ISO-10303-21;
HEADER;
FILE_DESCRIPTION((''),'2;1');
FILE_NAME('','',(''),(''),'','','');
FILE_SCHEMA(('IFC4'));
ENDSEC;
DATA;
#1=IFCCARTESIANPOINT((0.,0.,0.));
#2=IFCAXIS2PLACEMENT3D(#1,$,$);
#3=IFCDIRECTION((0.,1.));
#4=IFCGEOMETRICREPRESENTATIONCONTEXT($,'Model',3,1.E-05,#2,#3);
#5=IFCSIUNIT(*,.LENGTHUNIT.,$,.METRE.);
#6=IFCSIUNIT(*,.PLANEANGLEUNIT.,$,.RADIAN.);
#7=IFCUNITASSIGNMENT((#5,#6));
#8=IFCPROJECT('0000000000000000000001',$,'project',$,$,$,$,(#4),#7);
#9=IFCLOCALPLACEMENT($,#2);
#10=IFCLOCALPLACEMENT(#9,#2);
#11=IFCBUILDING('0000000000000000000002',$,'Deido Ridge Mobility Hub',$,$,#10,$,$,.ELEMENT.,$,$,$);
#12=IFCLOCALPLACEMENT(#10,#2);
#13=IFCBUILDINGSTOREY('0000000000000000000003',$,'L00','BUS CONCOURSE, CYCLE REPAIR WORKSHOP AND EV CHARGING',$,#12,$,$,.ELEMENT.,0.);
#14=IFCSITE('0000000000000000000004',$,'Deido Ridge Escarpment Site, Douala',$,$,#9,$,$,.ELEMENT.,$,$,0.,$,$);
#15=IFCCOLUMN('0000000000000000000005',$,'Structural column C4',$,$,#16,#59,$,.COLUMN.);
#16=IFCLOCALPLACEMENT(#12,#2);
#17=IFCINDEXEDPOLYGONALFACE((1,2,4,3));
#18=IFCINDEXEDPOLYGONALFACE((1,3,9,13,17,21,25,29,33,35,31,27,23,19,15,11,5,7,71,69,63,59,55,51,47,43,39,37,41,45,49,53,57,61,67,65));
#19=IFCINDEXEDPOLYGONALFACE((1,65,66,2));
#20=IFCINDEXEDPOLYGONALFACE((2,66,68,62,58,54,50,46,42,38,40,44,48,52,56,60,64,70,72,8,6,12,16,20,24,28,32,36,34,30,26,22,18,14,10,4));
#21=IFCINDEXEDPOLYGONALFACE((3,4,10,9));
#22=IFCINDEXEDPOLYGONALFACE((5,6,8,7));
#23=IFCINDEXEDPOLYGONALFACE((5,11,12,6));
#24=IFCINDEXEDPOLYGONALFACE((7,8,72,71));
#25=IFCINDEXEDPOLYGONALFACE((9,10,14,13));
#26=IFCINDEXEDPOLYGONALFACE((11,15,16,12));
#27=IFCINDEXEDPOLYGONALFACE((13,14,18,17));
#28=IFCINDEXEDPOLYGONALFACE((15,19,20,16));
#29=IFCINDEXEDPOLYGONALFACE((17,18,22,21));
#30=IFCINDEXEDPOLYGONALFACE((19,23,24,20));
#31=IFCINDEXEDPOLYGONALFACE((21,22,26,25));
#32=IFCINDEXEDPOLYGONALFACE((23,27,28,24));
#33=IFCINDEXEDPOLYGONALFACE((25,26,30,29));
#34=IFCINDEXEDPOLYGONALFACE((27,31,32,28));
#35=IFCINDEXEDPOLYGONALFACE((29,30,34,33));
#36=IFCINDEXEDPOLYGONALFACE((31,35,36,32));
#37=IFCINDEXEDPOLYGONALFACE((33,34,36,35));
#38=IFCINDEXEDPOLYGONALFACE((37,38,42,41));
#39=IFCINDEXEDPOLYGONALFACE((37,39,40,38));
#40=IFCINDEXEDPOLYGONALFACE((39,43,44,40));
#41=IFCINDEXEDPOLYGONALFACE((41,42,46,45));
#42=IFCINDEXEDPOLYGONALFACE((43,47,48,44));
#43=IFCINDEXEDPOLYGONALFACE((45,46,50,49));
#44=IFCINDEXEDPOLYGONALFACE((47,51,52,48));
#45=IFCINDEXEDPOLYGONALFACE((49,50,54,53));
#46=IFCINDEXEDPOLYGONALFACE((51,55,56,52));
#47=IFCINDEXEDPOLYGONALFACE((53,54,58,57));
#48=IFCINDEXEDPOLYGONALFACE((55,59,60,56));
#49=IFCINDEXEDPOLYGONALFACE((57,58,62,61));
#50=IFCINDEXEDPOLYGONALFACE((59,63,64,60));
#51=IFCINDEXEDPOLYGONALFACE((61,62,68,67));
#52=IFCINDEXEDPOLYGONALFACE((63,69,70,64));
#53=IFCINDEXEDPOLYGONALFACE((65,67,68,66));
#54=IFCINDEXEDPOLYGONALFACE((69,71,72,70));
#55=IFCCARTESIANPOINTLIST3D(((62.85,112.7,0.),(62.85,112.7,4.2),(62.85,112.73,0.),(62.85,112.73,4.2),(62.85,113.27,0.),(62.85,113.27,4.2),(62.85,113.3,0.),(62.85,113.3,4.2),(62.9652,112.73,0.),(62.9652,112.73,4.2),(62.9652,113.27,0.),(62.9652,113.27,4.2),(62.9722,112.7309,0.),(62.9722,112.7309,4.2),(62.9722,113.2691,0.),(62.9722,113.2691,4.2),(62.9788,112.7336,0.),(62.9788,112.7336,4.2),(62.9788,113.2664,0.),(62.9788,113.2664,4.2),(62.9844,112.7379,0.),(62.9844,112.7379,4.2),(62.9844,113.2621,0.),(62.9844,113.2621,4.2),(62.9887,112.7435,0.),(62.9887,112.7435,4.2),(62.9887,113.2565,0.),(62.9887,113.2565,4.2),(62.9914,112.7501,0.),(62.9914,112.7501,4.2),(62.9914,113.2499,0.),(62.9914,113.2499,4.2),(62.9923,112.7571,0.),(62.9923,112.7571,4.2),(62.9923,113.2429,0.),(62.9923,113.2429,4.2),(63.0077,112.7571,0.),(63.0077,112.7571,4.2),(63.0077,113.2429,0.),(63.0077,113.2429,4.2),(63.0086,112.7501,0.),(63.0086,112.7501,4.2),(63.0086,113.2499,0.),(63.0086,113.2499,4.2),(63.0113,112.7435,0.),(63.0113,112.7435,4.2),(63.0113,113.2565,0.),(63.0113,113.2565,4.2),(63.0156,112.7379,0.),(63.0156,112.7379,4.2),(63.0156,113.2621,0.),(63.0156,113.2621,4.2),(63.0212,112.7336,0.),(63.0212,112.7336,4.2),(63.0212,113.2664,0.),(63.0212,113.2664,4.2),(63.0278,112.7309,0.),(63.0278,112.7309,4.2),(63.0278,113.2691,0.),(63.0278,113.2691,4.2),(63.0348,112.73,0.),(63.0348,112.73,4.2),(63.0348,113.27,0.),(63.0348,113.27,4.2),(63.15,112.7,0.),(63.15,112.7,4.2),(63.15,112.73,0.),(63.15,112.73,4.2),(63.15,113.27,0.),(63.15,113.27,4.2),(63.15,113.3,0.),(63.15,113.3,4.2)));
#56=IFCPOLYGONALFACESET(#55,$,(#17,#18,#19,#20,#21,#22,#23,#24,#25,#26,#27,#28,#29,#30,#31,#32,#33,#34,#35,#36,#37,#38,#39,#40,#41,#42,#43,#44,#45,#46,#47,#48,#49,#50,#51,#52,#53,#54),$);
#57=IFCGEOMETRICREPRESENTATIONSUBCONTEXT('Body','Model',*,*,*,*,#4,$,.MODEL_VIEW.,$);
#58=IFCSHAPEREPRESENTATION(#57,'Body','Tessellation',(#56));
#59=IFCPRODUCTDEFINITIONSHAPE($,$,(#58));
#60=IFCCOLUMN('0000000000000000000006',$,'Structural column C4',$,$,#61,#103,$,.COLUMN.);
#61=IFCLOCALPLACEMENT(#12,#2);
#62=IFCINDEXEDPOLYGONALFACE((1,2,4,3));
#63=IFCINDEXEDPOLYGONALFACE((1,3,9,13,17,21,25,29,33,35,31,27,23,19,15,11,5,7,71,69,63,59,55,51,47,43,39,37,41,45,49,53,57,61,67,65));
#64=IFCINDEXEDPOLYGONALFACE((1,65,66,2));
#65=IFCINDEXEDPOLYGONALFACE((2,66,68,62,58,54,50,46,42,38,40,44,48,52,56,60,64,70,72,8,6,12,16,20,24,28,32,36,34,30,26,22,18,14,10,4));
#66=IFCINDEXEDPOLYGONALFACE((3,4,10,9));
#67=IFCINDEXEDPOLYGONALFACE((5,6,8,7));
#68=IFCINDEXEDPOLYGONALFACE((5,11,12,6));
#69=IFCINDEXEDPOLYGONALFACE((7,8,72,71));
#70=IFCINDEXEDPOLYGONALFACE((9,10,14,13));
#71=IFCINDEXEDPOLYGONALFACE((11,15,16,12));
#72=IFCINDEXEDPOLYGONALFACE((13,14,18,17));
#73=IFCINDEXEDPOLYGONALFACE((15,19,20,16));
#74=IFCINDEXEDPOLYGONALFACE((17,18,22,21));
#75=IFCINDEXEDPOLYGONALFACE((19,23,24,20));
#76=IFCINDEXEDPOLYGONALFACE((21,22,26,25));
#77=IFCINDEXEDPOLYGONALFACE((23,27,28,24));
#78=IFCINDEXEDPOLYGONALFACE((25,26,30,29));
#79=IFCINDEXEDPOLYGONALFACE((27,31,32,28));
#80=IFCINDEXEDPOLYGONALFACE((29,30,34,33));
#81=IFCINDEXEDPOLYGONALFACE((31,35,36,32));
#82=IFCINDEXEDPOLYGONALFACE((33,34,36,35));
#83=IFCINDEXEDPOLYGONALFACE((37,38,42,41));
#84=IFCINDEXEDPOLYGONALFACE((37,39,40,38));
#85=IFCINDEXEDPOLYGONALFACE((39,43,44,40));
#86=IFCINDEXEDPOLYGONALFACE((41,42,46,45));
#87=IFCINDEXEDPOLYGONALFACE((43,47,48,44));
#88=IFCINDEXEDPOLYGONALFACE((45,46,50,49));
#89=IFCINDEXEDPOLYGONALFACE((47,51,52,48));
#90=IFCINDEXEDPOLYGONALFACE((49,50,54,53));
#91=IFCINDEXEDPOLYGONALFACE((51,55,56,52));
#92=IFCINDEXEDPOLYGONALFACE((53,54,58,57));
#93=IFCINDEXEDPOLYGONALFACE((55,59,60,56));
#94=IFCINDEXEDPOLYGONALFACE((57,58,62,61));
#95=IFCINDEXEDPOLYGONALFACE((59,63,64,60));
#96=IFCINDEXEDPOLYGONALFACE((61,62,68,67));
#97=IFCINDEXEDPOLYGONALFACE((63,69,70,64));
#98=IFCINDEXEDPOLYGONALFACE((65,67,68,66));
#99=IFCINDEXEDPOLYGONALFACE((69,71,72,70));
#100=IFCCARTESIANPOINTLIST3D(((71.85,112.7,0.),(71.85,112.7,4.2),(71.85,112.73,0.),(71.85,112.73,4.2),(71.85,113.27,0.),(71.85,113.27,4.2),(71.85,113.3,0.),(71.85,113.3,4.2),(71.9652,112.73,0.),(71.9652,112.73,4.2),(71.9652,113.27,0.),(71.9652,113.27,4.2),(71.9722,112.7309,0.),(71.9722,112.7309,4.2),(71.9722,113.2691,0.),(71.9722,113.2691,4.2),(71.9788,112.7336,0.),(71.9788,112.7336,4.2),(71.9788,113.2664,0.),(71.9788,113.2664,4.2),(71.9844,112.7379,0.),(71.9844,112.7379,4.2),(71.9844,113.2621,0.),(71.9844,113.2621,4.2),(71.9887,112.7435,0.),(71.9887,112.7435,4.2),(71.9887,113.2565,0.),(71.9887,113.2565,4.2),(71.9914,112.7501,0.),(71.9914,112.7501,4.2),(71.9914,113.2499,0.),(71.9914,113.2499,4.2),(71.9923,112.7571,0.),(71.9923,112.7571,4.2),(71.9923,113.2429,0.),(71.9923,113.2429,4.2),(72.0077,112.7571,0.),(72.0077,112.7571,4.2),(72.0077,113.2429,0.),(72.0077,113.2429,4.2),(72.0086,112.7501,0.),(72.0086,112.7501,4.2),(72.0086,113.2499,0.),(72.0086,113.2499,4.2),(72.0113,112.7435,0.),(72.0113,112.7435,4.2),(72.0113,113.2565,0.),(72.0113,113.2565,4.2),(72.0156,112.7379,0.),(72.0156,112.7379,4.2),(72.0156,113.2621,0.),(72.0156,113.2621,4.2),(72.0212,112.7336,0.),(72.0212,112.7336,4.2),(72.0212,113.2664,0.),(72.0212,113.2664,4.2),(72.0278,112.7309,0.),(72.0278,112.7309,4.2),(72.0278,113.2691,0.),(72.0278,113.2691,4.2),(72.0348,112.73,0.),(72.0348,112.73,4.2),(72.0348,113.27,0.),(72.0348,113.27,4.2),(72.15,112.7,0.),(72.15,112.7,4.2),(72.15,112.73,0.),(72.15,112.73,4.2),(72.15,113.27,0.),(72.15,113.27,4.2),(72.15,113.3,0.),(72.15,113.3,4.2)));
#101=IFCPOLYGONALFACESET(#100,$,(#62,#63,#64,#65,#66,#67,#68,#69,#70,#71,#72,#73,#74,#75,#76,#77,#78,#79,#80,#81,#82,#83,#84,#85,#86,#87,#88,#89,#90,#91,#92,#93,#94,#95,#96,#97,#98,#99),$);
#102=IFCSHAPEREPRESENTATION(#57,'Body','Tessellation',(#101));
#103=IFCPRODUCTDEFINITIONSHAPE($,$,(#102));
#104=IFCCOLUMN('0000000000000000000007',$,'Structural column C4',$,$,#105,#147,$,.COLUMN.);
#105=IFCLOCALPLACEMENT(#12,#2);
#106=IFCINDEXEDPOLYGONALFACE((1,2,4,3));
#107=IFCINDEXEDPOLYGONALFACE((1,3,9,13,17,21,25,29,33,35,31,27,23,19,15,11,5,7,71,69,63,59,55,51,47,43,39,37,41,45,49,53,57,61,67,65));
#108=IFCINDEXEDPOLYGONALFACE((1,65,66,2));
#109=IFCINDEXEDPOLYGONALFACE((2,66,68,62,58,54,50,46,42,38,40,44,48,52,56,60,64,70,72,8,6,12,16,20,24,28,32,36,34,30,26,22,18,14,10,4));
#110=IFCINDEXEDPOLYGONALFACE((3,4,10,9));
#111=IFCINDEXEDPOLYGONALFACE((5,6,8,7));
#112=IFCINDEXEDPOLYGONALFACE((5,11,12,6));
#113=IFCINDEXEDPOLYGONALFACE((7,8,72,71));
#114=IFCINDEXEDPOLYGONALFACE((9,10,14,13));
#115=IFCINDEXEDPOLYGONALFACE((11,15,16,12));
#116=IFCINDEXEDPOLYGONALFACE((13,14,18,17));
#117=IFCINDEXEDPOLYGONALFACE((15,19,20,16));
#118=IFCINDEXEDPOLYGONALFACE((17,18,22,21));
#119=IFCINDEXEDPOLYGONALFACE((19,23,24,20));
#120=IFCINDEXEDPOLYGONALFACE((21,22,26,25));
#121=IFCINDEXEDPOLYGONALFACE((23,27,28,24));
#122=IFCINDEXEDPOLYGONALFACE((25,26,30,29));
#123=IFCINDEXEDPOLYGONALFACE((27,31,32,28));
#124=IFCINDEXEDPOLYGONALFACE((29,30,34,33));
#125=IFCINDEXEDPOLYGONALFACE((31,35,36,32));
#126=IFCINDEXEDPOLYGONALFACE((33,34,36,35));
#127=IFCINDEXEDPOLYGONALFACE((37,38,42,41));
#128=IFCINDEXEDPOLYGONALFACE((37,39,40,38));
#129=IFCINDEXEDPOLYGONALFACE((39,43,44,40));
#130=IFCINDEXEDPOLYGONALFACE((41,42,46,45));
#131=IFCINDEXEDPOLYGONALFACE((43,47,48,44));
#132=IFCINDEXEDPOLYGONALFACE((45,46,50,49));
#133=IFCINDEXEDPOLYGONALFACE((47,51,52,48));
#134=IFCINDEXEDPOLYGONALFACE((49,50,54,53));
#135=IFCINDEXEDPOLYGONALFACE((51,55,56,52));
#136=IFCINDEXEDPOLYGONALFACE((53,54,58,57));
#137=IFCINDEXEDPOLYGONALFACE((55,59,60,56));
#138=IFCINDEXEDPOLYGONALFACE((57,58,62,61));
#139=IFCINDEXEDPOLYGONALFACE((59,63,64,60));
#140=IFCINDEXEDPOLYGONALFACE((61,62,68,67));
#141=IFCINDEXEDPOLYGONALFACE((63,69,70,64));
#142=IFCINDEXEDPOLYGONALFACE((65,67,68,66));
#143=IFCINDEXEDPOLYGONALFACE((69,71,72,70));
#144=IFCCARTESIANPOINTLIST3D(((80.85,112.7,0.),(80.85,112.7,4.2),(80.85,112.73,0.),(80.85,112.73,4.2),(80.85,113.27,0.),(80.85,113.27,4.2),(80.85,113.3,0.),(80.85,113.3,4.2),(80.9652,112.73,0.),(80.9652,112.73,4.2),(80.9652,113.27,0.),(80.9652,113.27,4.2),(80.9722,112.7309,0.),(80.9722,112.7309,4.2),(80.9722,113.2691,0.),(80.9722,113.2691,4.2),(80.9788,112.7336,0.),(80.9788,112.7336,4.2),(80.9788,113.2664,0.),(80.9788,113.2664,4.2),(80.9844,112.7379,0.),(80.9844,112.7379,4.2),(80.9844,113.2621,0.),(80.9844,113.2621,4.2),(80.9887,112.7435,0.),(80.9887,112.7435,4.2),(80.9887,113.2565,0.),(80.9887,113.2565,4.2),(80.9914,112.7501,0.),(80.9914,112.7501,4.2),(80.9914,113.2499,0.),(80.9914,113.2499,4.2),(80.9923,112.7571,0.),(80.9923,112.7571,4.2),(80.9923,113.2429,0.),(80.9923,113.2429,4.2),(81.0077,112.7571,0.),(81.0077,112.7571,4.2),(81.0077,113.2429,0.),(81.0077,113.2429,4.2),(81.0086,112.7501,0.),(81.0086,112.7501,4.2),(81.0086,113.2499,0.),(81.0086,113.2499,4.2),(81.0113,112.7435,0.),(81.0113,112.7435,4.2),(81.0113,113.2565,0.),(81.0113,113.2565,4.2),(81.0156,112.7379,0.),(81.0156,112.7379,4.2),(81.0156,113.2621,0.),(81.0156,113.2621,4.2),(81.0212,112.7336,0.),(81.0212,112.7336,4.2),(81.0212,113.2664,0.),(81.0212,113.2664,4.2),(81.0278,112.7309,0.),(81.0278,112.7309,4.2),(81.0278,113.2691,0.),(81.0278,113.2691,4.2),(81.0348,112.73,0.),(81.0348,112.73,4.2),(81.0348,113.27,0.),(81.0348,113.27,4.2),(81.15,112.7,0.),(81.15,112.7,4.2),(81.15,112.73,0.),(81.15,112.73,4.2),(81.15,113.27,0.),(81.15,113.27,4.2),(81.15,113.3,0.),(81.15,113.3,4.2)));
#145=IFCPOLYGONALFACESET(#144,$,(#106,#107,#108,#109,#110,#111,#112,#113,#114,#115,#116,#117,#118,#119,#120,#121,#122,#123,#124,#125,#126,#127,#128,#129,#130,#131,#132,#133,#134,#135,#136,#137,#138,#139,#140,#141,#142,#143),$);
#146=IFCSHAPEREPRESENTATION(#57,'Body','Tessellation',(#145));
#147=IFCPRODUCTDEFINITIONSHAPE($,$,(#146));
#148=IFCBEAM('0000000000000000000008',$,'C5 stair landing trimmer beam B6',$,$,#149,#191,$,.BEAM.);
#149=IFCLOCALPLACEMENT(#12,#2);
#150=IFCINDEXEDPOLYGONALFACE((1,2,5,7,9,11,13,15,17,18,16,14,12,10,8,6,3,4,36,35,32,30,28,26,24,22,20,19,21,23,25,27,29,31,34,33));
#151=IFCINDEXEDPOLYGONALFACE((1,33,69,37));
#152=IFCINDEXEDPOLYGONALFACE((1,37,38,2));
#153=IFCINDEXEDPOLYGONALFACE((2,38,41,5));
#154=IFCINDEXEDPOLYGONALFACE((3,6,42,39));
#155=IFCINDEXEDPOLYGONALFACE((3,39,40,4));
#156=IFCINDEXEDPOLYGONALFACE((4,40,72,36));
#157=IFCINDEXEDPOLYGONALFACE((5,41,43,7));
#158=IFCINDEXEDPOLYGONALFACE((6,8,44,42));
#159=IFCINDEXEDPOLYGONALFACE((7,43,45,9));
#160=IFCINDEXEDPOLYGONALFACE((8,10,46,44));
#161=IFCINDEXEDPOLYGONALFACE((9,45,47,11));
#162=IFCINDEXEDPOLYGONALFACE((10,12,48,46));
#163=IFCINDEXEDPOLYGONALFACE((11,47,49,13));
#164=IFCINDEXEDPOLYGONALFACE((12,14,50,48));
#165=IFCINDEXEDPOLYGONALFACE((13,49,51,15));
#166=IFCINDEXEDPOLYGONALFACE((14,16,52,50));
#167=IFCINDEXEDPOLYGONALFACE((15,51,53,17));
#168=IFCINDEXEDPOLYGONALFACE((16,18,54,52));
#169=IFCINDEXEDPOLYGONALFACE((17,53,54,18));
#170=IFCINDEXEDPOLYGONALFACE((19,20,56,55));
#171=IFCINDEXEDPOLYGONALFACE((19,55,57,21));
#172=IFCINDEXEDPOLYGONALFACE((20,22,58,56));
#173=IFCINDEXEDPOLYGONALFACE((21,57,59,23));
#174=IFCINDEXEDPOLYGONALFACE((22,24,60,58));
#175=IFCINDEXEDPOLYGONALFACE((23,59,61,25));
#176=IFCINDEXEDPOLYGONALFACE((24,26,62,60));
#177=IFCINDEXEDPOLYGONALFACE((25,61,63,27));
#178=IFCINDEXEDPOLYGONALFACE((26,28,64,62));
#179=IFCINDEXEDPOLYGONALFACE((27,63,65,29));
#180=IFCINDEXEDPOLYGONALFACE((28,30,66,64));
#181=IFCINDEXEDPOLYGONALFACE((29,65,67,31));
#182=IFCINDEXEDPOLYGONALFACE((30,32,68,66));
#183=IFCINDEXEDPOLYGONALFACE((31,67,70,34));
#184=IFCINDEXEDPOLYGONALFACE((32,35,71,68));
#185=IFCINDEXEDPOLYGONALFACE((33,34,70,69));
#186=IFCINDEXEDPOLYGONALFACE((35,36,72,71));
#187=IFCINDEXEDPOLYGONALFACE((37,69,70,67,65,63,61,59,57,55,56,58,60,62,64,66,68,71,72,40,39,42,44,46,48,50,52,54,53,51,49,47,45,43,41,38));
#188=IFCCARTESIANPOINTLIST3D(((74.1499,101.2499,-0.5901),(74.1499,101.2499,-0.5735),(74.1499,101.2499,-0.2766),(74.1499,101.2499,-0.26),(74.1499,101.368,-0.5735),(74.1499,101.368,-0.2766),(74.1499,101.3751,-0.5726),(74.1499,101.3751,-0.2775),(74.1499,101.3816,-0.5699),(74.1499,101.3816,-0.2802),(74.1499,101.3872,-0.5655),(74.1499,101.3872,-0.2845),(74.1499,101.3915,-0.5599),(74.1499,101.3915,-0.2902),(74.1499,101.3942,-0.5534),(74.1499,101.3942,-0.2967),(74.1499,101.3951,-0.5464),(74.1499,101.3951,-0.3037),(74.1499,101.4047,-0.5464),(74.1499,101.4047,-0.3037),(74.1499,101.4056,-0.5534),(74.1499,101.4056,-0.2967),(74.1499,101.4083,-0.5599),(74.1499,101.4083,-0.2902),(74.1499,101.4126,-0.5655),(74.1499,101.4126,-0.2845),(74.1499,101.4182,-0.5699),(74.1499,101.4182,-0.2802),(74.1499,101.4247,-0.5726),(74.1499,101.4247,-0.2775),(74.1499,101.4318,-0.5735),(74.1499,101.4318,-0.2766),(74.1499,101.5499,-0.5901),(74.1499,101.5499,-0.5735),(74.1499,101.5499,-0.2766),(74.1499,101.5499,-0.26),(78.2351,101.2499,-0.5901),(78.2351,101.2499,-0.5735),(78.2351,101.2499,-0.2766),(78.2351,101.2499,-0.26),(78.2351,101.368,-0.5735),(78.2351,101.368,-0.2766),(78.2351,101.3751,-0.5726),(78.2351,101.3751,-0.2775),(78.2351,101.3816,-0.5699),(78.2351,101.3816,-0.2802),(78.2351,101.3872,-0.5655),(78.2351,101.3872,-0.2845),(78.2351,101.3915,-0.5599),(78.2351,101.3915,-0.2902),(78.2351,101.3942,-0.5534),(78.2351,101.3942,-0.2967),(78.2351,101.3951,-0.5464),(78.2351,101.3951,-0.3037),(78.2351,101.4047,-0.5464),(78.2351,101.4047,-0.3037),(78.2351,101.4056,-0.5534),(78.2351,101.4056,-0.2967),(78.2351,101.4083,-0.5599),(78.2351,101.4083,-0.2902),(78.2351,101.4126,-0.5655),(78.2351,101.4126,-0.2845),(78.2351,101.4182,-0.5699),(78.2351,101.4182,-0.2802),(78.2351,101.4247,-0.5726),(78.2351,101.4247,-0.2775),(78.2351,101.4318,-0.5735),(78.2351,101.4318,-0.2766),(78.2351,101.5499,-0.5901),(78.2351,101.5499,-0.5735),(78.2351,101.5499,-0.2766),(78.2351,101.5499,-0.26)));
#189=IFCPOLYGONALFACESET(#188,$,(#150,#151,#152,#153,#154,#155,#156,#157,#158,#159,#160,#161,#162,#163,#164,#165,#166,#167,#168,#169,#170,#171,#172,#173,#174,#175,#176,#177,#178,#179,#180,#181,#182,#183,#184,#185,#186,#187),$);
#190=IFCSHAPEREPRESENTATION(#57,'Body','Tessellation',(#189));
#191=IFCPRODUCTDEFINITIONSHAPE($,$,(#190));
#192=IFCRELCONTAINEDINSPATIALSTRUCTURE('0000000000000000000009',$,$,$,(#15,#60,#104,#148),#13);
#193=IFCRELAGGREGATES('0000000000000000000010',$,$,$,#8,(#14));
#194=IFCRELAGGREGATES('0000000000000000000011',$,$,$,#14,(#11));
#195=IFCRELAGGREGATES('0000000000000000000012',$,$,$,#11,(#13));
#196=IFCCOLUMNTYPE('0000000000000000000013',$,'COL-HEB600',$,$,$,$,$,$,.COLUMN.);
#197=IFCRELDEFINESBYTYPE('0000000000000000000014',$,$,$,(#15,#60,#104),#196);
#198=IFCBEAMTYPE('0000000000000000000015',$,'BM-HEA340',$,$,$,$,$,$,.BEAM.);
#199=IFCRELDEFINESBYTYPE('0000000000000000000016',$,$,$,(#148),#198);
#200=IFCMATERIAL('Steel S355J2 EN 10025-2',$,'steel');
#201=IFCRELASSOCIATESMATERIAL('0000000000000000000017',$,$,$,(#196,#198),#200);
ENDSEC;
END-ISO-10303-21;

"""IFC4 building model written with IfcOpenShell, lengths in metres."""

from ifc_helpers import new_model, si_unit, direction, frame, origin, origin_2d, place, context, subcontext, project, spatial, i_section, extrude, material, material_profile, profile_set, type_object, element, save


model = new_model("IFC4")

# Units and contexts
model_context = context("Model", 3, precision=1e-05, world=origin(), true_north=direction((0.0, 1.0)))
body_context = subcontext(model_context, "Body", "Model", "MODEL_VIEW")
ifc_project = project(units=[si_unit("LENGTHUNIT", "METRE"), si_unit("PLANEANGLEUNIT", "RADIAN")], contexts=[model_context])

# Site, building, storey
site_placement = place(None, origin())
site = spatial("IfcSite", under=ifc_project, at=site_placement, Name="Deido Ridge Escarpment Site, Douala", CompositionType="ELEMENT", RefElevation=0.0)
building_placement = place(site_placement, origin())
building = spatial("IfcBuilding", under=site, at=building_placement, Name="Deido Ridge Mobility Hub", CompositionType="ELEMENT")
storey_placement = place(building_placement, origin())
storey = spatial("IfcBuildingStorey", under=building, at=storey_placement, Name="L00", Description="BUS CONCOURSE, CYCLE REPAIR WORKSHOP AND EV CHARGING", CompositionType="ELEMENT", Elevation=0.0)

# Columns
ifc_material_1 = material(Name="Steel S355J2 EN 10025-2", Category="steel")
ifc_material_profile_1 = material_profile(ifc_material_1, i_section(OverallWidth=0.3, OverallDepth=0.6001, WebThickness=0.0154, FlangeThickness=0.03, FilletRadius=0.0271, at=origin_2d()), Name="HEB 600")
ifc_profile_set_1 = profile_set([ifc_material_profile_1], Name="Steel S355J2 EN 10025-2")
column_type = type_object("IfcColumnType", Name="COL-HEB600", PredefinedType="COLUMN", material=ifc_profile_set_1)
for number, where, z_axis, x_axis, name in (
    (1, (63.0, 113.0, 0.0), (0.0, 0.0, 1.0), (1.0, 0.0, 0.0), "Structural column C4"),
    (2, (72.0, 113.0, 0.0), (0.0, 0.0, 1.0), (1.0, 0.0, 0.0), "Structural column C4"),
    (3, (81.0, 113.0, 0.0), (0.0, 0.0, 1.0), (1.0, 0.0, 0.0), "Structural column C4"),
):
    element("IfcColumn", number, at=place(storey_placement, frame(where, z_axis=z_axis, x_axis=x_axis)), inside=storey, type_object=column_type, Name=name, PredefinedType="COLUMN", context=body_context, shape_type="SweptSolid", body=[
        extrude(i_section(OverallWidth=0.3, OverallDepth=0.6001, WebThickness=0.0154, FlangeThickness=0.03, FilletRadius=0.0271, at=origin_2d()), origin(), (0.0, 0.0, 1.0), 4.2),
    ])

# Beam
ifc_material_profile_2 = material_profile(ifc_material_1, i_section(OverallWidth=0.3, OverallDepth=0.3301, WebThickness=0.0095, FlangeThickness=0.0166, FilletRadius=0.0271, at=origin_2d()), Name="HEA 340")
ifc_profile_set_2 = profile_set([ifc_material_profile_2], Name="Steel S355J2 EN 10025-2")
beam_type_1 = type_object("IfcBeamType", Name="BM-HEA340", PredefinedType="BEAM", material=ifc_profile_set_2)
beam_placement = place(storey_placement, frame((74.1499, 101.3999, -0.425), z_axis=(1.0, 0.0, 0.0), x_axis=(0.0, 1.0, 0.0)))
element("IfcBeam", 4, at=beam_placement, inside=storey, type_object=beam_type_1, Name="C5 stair landing trimmer beam B6", PredefinedType="BEAM", context=body_context, shape_type="SweptSolid", body=[
    extrude(i_section(OverallWidth=0.3, OverallDepth=0.3301, WebThickness=0.0095, FlangeThickness=0.0166, FilletRadius=0.0271, at=origin_2d()), origin(), (0.0, 0.0, 1.0), 4.0852),
])

save(model, "model.ifc")
